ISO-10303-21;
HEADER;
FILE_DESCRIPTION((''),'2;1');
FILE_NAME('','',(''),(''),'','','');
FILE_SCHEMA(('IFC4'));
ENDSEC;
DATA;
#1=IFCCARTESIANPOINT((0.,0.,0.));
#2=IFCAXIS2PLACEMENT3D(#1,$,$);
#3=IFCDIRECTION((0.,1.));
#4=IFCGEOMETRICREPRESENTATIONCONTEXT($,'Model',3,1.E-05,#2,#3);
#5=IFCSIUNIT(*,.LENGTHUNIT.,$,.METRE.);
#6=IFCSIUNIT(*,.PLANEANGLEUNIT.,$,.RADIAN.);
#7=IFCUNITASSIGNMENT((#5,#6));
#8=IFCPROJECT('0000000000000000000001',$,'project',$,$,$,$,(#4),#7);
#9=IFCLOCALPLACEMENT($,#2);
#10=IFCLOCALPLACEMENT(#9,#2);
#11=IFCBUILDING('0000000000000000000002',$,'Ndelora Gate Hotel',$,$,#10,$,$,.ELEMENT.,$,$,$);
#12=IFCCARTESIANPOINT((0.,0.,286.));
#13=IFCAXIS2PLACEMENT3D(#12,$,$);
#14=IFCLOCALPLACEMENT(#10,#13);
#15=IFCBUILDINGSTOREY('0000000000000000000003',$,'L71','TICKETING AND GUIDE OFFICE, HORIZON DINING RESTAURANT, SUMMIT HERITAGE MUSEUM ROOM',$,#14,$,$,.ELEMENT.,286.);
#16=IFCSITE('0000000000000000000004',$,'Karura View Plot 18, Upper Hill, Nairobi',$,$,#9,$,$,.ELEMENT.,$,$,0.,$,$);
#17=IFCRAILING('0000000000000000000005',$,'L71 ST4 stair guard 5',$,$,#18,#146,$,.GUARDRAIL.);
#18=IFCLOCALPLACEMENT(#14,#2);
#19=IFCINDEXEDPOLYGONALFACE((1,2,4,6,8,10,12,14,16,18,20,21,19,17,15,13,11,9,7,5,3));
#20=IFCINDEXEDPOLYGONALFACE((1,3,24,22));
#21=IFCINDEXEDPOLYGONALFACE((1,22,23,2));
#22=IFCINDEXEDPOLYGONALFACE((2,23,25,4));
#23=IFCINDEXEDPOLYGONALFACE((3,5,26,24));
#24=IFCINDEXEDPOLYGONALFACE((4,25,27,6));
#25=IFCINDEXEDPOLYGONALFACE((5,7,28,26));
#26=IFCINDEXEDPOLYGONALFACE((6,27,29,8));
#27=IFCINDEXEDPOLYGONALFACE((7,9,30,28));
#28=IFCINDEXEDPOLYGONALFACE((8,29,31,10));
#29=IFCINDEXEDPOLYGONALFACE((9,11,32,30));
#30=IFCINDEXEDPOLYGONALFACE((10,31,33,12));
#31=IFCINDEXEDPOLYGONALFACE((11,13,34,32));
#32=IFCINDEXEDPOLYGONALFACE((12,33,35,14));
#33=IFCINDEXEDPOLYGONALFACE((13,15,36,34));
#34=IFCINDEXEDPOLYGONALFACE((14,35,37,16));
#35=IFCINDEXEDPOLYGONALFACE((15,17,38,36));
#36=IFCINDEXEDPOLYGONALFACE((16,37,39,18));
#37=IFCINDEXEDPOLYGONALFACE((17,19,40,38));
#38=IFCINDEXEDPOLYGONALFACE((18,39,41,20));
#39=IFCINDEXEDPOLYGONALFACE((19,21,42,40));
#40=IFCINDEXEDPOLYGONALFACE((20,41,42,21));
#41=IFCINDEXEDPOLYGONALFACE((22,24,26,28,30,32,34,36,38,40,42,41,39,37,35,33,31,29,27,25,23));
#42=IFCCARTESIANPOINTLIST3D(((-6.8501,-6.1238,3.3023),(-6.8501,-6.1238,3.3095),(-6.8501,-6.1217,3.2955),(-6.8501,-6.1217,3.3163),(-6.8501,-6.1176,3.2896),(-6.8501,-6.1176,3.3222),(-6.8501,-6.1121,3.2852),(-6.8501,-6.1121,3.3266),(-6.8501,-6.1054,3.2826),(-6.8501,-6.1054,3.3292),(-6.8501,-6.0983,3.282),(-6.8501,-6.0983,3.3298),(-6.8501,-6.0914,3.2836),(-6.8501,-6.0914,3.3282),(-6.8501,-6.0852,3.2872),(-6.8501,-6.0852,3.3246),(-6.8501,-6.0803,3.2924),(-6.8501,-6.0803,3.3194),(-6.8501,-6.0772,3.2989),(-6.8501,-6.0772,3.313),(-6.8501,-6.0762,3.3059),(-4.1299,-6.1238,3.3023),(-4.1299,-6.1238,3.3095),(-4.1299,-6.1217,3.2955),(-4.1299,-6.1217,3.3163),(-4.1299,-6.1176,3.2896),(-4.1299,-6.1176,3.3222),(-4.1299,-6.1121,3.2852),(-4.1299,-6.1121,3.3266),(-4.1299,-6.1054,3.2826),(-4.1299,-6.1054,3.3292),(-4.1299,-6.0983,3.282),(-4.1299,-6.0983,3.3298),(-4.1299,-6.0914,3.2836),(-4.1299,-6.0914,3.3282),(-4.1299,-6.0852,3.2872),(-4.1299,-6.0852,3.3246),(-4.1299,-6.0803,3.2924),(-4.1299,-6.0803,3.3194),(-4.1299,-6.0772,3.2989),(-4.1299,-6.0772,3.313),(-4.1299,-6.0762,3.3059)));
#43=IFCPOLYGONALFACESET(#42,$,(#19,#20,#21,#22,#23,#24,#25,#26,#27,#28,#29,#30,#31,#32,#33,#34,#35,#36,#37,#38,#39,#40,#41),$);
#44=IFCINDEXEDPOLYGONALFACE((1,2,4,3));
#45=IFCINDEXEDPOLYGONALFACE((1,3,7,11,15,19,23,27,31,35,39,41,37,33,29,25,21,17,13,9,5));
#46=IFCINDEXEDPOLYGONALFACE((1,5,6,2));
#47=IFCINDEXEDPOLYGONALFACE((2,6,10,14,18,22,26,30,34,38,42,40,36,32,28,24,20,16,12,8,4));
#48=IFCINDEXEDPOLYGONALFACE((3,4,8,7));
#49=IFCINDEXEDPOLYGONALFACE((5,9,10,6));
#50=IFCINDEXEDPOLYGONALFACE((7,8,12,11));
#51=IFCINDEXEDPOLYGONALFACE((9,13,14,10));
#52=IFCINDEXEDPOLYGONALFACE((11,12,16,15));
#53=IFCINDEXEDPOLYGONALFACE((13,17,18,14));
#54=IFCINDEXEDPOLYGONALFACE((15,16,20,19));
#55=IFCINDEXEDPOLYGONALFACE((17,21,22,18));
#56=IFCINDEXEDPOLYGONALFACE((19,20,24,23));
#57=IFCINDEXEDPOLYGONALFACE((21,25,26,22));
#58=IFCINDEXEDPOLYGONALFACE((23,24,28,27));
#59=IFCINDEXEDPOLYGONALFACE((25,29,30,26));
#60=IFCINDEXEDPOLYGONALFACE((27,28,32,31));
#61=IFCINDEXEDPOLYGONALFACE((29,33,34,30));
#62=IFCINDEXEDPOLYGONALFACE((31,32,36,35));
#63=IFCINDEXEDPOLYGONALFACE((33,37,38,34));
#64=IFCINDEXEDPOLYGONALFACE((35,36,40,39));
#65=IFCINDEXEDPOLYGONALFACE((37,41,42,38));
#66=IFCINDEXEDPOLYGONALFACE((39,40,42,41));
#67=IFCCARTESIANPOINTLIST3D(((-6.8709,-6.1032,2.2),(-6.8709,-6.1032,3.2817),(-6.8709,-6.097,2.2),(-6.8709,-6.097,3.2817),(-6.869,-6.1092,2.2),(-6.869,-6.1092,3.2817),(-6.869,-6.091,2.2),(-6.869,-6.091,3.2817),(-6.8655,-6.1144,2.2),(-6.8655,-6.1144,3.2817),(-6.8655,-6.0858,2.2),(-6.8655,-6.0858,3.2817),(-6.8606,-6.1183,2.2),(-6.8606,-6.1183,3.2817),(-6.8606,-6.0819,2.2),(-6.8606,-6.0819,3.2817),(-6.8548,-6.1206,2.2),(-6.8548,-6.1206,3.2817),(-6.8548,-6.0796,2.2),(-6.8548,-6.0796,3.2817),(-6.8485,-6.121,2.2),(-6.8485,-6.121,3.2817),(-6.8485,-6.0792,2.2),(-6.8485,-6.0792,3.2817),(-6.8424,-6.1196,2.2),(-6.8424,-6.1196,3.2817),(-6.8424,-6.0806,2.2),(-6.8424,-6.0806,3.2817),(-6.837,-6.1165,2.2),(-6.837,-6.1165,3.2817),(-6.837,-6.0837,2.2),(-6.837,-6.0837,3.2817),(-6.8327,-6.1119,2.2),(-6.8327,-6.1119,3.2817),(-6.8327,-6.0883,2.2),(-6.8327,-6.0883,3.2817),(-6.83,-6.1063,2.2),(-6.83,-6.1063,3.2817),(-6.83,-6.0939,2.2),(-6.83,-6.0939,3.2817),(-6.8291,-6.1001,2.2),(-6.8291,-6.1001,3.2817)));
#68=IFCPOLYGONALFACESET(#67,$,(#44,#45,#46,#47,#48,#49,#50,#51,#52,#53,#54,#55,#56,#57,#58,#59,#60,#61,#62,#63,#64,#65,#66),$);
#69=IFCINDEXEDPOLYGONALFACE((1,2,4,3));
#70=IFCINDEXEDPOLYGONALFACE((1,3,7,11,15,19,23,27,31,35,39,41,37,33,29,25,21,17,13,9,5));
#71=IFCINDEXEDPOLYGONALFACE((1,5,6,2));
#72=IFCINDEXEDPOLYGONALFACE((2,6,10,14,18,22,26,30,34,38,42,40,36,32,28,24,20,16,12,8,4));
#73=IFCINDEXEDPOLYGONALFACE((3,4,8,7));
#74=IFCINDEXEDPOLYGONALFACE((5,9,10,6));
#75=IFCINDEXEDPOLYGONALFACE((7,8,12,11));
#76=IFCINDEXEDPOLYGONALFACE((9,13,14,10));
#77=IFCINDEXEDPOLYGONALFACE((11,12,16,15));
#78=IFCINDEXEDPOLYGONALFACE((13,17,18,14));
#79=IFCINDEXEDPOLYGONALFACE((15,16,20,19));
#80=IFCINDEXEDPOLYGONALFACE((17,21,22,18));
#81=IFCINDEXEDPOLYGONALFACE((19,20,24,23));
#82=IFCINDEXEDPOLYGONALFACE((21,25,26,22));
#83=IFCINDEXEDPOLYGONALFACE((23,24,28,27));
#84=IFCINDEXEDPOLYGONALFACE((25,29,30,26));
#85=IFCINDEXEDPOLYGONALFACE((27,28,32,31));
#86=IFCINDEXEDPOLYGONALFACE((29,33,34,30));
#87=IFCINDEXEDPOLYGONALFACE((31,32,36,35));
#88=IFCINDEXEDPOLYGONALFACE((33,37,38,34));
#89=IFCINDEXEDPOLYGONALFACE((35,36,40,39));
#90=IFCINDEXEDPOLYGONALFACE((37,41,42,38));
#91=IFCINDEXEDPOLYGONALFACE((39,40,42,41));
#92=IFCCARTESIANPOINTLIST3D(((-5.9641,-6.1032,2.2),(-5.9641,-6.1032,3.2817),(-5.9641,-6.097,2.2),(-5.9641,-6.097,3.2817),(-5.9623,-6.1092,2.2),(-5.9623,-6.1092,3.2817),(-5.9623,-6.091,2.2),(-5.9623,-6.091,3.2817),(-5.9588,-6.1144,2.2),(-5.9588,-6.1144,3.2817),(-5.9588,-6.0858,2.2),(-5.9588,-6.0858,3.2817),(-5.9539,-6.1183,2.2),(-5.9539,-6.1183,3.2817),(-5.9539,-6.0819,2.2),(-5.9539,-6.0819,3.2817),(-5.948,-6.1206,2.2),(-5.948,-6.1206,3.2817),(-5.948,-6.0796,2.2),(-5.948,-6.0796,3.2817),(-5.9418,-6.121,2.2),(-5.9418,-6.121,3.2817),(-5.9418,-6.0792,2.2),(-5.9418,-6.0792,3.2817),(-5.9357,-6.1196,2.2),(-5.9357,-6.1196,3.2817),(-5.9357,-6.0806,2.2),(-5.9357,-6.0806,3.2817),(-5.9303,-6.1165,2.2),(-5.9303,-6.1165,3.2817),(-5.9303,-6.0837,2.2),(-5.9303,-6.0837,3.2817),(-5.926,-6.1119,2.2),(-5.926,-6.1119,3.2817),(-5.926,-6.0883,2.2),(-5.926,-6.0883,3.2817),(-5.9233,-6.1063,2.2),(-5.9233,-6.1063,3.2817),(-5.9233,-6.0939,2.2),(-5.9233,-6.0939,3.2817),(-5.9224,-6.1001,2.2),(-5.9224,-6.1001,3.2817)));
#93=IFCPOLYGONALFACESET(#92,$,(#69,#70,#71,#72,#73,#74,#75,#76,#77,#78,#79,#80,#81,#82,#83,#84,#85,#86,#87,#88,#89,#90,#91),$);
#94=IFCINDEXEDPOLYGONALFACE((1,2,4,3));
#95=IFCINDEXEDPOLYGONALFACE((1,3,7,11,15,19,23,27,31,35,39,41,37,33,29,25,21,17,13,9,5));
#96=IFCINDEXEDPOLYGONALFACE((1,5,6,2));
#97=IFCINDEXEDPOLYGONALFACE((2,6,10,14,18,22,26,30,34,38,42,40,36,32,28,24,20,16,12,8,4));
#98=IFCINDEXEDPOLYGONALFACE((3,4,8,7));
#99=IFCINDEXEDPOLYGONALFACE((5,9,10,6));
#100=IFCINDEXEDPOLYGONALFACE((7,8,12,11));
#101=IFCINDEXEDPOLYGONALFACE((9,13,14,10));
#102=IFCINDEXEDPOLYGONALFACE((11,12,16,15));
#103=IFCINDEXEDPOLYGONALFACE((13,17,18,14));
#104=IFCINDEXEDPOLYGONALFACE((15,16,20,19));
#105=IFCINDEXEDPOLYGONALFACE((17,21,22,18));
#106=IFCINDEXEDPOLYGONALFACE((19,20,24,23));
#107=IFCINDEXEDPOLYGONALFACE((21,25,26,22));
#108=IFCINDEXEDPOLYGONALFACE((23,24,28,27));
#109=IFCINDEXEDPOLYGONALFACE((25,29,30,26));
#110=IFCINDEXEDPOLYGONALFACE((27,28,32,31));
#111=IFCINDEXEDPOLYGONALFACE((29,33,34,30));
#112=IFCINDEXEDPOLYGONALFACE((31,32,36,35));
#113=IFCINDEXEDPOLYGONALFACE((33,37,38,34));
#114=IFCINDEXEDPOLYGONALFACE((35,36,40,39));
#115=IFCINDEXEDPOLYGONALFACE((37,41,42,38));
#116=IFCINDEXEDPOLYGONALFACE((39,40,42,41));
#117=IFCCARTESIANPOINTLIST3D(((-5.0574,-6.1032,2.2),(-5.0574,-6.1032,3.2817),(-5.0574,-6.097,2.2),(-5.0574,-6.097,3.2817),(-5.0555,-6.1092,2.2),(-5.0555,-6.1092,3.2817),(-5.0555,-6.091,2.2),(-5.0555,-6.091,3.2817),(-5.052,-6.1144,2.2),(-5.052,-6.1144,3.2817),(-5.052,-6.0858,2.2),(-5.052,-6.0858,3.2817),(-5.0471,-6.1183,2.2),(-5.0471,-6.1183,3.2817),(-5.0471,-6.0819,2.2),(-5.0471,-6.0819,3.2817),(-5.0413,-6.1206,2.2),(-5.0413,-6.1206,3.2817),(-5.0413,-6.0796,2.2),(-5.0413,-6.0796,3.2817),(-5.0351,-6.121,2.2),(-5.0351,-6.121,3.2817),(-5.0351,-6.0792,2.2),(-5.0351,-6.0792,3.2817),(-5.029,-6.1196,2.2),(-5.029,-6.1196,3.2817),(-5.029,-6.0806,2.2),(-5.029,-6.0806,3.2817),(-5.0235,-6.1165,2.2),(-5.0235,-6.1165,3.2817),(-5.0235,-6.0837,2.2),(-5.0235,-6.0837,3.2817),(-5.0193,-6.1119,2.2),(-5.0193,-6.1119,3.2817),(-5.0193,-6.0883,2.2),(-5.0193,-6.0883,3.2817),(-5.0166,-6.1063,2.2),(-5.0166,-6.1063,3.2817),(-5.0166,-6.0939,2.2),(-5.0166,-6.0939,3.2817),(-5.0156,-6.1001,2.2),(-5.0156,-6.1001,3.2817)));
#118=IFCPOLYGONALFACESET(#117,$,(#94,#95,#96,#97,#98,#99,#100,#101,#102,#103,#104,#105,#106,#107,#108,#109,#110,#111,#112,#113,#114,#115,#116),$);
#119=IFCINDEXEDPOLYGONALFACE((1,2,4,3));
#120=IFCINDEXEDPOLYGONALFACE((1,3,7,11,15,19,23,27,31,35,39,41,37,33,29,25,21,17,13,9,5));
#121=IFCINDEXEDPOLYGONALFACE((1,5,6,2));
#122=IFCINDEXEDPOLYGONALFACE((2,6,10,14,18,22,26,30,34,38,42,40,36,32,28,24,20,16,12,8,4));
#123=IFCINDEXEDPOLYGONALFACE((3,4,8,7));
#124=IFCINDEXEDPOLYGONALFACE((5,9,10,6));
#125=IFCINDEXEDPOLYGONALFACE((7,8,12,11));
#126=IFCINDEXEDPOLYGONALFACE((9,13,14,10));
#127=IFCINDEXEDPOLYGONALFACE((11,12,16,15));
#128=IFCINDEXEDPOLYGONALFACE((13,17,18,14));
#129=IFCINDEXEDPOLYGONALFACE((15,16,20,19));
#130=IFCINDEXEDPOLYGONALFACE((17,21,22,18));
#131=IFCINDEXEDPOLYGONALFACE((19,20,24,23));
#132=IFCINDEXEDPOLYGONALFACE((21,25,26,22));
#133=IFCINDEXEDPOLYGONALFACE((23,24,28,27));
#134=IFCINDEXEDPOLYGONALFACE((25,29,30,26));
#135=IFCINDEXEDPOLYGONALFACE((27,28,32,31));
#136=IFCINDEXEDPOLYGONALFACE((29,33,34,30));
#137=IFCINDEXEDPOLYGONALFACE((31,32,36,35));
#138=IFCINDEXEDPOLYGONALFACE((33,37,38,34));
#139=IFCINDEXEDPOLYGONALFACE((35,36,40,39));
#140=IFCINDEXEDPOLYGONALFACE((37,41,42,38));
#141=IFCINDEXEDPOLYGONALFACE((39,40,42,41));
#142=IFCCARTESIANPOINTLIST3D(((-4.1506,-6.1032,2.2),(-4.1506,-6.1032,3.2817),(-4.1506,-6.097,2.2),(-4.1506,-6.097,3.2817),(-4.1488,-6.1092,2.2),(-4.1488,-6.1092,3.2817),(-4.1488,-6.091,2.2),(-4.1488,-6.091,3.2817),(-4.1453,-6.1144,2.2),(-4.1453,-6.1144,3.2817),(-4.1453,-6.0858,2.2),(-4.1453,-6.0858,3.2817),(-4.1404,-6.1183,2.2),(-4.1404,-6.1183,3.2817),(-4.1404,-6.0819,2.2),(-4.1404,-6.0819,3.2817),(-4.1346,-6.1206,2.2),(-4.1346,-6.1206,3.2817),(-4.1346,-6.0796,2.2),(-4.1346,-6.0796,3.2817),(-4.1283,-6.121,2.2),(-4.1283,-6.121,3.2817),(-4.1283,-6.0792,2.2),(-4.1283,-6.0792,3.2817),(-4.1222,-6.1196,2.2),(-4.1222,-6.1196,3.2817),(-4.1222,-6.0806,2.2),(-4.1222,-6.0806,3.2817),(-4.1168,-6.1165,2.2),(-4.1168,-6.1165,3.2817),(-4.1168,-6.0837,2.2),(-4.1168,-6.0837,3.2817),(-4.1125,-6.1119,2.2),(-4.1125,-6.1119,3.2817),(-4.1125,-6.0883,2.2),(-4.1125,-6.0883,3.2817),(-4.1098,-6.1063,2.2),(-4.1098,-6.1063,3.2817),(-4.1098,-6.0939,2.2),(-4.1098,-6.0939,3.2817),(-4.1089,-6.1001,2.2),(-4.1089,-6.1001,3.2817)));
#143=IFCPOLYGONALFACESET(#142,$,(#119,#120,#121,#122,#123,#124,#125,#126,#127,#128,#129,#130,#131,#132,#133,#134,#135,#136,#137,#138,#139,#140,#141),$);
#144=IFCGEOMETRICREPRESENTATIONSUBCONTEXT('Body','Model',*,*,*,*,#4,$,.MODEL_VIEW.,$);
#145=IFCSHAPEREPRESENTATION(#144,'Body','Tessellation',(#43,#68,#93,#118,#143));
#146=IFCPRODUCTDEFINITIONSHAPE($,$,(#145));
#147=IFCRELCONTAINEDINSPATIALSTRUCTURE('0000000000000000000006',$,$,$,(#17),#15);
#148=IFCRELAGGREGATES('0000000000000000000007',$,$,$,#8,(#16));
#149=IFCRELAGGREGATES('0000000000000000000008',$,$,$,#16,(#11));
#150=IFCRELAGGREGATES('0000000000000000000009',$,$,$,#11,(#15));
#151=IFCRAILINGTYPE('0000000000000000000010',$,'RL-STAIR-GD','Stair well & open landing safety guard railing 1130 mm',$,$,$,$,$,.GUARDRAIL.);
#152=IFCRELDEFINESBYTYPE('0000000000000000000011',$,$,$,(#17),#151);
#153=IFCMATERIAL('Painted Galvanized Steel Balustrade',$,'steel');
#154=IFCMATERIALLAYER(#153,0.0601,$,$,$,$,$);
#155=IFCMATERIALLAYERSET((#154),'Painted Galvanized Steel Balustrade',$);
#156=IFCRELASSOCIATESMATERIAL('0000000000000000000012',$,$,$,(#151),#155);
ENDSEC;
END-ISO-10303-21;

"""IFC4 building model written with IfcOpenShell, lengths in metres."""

from ifc_helpers import new_model, si_unit, direction, frame, origin, origin_2d, place, context, subcontext, project, spatial, circle, extrude, material, layer, layer_set, type_object, element, save


model = new_model("IFC4")

# Units and contexts
model_context = context("Model", 3, precision=1e-05, world=origin(), true_north=direction((0.0, 1.0)))
body_context = subcontext(model_context, "Body", "Model", "MODEL_VIEW")
ifc_project = project(units=[si_unit("LENGTHUNIT", "METRE"), si_unit("PLANEANGLEUNIT", "RADIAN")], contexts=[model_context])

# Site, building, storey
site_placement = place(None, origin())
site = spatial("IfcSite", under=ifc_project, at=site_placement, Name="Karura View Plot 18, Upper Hill, Nairobi", CompositionType="ELEMENT", RefElevation=0.0)
building_placement = place(site_placement, origin())
building = spatial("IfcBuilding", under=site, at=building_placement, Name="Ndelora Gate Hotel", CompositionType="ELEMENT")
storey_placement = place(building_placement, frame((0.0, 0.0, 286.0)))
storey = spatial("IfcBuildingStorey", under=building, at=storey_placement, Name="L71", Description="TICKETING AND GUIDE OFFICE, HORIZON DINING RESTAURANT, SUMMIT HERITAGE MUSEUM ROOM", CompositionType="ELEMENT", Elevation=286.0)

# Railing
ifc_material_1 = material(Name="Painted Galvanized Steel Balustrade", Category="steel")
ifc_layer_1 = layer(ifc_material_1, 0.0601)
ifc_layer_set_1 = layer_set([ifc_layer_1], Name="Painted Galvanized Steel Balustrade")
railing_type_1 = type_object("IfcRailingType", Name="RL-STAIR-GD", Description="Stair well & open landing safety guard railing 1130 mm", PredefinedType="GUARDRAIL", material=ifc_layer_set_1)
railing_1_placement = place(storey_placement, frame((-6.8501, -6.1001, 2.2)))
element("IfcRailing", 1, at=railing_1_placement, inside=storey, type_object=railing_type_1, Name="L71 ST4 stair guard 5", PredefinedType="GUARDRAIL", context=body_context, shape_type="SweptSolid", body=[
    extrude(circle(Radius=0.0239, at=origin_2d()), frame((0.0, 0.0, 1.106), z_axis=(1.0, 0.0, 0.0), x_axis=(0.0, 1.0, 0.0)), (0.0, 0.0, 1.0), 2.7202),
    extrude(circle(Radius=0.021, at=origin_2d()), origin(), (0.0, 0.0, 1.0), 1.0818),
    extrude(circle(Radius=0.021, at=origin_2d()), frame((0.9067, 0.0, 0.0)), (0.0, 0.0, 1.0), 1.0818),
    extrude(circle(Radius=0.021, at=origin_2d()), frame((1.8135, 0.0, 0.0)), (0.0, 0.0, 1.0), 1.0818),
    extrude(circle(Radius=0.021, at=origin_2d()), frame((2.7202, 0.0, 0.0)), (0.0, 0.0, 1.0), 1.0818),
])

save(model, "model.ifc")
